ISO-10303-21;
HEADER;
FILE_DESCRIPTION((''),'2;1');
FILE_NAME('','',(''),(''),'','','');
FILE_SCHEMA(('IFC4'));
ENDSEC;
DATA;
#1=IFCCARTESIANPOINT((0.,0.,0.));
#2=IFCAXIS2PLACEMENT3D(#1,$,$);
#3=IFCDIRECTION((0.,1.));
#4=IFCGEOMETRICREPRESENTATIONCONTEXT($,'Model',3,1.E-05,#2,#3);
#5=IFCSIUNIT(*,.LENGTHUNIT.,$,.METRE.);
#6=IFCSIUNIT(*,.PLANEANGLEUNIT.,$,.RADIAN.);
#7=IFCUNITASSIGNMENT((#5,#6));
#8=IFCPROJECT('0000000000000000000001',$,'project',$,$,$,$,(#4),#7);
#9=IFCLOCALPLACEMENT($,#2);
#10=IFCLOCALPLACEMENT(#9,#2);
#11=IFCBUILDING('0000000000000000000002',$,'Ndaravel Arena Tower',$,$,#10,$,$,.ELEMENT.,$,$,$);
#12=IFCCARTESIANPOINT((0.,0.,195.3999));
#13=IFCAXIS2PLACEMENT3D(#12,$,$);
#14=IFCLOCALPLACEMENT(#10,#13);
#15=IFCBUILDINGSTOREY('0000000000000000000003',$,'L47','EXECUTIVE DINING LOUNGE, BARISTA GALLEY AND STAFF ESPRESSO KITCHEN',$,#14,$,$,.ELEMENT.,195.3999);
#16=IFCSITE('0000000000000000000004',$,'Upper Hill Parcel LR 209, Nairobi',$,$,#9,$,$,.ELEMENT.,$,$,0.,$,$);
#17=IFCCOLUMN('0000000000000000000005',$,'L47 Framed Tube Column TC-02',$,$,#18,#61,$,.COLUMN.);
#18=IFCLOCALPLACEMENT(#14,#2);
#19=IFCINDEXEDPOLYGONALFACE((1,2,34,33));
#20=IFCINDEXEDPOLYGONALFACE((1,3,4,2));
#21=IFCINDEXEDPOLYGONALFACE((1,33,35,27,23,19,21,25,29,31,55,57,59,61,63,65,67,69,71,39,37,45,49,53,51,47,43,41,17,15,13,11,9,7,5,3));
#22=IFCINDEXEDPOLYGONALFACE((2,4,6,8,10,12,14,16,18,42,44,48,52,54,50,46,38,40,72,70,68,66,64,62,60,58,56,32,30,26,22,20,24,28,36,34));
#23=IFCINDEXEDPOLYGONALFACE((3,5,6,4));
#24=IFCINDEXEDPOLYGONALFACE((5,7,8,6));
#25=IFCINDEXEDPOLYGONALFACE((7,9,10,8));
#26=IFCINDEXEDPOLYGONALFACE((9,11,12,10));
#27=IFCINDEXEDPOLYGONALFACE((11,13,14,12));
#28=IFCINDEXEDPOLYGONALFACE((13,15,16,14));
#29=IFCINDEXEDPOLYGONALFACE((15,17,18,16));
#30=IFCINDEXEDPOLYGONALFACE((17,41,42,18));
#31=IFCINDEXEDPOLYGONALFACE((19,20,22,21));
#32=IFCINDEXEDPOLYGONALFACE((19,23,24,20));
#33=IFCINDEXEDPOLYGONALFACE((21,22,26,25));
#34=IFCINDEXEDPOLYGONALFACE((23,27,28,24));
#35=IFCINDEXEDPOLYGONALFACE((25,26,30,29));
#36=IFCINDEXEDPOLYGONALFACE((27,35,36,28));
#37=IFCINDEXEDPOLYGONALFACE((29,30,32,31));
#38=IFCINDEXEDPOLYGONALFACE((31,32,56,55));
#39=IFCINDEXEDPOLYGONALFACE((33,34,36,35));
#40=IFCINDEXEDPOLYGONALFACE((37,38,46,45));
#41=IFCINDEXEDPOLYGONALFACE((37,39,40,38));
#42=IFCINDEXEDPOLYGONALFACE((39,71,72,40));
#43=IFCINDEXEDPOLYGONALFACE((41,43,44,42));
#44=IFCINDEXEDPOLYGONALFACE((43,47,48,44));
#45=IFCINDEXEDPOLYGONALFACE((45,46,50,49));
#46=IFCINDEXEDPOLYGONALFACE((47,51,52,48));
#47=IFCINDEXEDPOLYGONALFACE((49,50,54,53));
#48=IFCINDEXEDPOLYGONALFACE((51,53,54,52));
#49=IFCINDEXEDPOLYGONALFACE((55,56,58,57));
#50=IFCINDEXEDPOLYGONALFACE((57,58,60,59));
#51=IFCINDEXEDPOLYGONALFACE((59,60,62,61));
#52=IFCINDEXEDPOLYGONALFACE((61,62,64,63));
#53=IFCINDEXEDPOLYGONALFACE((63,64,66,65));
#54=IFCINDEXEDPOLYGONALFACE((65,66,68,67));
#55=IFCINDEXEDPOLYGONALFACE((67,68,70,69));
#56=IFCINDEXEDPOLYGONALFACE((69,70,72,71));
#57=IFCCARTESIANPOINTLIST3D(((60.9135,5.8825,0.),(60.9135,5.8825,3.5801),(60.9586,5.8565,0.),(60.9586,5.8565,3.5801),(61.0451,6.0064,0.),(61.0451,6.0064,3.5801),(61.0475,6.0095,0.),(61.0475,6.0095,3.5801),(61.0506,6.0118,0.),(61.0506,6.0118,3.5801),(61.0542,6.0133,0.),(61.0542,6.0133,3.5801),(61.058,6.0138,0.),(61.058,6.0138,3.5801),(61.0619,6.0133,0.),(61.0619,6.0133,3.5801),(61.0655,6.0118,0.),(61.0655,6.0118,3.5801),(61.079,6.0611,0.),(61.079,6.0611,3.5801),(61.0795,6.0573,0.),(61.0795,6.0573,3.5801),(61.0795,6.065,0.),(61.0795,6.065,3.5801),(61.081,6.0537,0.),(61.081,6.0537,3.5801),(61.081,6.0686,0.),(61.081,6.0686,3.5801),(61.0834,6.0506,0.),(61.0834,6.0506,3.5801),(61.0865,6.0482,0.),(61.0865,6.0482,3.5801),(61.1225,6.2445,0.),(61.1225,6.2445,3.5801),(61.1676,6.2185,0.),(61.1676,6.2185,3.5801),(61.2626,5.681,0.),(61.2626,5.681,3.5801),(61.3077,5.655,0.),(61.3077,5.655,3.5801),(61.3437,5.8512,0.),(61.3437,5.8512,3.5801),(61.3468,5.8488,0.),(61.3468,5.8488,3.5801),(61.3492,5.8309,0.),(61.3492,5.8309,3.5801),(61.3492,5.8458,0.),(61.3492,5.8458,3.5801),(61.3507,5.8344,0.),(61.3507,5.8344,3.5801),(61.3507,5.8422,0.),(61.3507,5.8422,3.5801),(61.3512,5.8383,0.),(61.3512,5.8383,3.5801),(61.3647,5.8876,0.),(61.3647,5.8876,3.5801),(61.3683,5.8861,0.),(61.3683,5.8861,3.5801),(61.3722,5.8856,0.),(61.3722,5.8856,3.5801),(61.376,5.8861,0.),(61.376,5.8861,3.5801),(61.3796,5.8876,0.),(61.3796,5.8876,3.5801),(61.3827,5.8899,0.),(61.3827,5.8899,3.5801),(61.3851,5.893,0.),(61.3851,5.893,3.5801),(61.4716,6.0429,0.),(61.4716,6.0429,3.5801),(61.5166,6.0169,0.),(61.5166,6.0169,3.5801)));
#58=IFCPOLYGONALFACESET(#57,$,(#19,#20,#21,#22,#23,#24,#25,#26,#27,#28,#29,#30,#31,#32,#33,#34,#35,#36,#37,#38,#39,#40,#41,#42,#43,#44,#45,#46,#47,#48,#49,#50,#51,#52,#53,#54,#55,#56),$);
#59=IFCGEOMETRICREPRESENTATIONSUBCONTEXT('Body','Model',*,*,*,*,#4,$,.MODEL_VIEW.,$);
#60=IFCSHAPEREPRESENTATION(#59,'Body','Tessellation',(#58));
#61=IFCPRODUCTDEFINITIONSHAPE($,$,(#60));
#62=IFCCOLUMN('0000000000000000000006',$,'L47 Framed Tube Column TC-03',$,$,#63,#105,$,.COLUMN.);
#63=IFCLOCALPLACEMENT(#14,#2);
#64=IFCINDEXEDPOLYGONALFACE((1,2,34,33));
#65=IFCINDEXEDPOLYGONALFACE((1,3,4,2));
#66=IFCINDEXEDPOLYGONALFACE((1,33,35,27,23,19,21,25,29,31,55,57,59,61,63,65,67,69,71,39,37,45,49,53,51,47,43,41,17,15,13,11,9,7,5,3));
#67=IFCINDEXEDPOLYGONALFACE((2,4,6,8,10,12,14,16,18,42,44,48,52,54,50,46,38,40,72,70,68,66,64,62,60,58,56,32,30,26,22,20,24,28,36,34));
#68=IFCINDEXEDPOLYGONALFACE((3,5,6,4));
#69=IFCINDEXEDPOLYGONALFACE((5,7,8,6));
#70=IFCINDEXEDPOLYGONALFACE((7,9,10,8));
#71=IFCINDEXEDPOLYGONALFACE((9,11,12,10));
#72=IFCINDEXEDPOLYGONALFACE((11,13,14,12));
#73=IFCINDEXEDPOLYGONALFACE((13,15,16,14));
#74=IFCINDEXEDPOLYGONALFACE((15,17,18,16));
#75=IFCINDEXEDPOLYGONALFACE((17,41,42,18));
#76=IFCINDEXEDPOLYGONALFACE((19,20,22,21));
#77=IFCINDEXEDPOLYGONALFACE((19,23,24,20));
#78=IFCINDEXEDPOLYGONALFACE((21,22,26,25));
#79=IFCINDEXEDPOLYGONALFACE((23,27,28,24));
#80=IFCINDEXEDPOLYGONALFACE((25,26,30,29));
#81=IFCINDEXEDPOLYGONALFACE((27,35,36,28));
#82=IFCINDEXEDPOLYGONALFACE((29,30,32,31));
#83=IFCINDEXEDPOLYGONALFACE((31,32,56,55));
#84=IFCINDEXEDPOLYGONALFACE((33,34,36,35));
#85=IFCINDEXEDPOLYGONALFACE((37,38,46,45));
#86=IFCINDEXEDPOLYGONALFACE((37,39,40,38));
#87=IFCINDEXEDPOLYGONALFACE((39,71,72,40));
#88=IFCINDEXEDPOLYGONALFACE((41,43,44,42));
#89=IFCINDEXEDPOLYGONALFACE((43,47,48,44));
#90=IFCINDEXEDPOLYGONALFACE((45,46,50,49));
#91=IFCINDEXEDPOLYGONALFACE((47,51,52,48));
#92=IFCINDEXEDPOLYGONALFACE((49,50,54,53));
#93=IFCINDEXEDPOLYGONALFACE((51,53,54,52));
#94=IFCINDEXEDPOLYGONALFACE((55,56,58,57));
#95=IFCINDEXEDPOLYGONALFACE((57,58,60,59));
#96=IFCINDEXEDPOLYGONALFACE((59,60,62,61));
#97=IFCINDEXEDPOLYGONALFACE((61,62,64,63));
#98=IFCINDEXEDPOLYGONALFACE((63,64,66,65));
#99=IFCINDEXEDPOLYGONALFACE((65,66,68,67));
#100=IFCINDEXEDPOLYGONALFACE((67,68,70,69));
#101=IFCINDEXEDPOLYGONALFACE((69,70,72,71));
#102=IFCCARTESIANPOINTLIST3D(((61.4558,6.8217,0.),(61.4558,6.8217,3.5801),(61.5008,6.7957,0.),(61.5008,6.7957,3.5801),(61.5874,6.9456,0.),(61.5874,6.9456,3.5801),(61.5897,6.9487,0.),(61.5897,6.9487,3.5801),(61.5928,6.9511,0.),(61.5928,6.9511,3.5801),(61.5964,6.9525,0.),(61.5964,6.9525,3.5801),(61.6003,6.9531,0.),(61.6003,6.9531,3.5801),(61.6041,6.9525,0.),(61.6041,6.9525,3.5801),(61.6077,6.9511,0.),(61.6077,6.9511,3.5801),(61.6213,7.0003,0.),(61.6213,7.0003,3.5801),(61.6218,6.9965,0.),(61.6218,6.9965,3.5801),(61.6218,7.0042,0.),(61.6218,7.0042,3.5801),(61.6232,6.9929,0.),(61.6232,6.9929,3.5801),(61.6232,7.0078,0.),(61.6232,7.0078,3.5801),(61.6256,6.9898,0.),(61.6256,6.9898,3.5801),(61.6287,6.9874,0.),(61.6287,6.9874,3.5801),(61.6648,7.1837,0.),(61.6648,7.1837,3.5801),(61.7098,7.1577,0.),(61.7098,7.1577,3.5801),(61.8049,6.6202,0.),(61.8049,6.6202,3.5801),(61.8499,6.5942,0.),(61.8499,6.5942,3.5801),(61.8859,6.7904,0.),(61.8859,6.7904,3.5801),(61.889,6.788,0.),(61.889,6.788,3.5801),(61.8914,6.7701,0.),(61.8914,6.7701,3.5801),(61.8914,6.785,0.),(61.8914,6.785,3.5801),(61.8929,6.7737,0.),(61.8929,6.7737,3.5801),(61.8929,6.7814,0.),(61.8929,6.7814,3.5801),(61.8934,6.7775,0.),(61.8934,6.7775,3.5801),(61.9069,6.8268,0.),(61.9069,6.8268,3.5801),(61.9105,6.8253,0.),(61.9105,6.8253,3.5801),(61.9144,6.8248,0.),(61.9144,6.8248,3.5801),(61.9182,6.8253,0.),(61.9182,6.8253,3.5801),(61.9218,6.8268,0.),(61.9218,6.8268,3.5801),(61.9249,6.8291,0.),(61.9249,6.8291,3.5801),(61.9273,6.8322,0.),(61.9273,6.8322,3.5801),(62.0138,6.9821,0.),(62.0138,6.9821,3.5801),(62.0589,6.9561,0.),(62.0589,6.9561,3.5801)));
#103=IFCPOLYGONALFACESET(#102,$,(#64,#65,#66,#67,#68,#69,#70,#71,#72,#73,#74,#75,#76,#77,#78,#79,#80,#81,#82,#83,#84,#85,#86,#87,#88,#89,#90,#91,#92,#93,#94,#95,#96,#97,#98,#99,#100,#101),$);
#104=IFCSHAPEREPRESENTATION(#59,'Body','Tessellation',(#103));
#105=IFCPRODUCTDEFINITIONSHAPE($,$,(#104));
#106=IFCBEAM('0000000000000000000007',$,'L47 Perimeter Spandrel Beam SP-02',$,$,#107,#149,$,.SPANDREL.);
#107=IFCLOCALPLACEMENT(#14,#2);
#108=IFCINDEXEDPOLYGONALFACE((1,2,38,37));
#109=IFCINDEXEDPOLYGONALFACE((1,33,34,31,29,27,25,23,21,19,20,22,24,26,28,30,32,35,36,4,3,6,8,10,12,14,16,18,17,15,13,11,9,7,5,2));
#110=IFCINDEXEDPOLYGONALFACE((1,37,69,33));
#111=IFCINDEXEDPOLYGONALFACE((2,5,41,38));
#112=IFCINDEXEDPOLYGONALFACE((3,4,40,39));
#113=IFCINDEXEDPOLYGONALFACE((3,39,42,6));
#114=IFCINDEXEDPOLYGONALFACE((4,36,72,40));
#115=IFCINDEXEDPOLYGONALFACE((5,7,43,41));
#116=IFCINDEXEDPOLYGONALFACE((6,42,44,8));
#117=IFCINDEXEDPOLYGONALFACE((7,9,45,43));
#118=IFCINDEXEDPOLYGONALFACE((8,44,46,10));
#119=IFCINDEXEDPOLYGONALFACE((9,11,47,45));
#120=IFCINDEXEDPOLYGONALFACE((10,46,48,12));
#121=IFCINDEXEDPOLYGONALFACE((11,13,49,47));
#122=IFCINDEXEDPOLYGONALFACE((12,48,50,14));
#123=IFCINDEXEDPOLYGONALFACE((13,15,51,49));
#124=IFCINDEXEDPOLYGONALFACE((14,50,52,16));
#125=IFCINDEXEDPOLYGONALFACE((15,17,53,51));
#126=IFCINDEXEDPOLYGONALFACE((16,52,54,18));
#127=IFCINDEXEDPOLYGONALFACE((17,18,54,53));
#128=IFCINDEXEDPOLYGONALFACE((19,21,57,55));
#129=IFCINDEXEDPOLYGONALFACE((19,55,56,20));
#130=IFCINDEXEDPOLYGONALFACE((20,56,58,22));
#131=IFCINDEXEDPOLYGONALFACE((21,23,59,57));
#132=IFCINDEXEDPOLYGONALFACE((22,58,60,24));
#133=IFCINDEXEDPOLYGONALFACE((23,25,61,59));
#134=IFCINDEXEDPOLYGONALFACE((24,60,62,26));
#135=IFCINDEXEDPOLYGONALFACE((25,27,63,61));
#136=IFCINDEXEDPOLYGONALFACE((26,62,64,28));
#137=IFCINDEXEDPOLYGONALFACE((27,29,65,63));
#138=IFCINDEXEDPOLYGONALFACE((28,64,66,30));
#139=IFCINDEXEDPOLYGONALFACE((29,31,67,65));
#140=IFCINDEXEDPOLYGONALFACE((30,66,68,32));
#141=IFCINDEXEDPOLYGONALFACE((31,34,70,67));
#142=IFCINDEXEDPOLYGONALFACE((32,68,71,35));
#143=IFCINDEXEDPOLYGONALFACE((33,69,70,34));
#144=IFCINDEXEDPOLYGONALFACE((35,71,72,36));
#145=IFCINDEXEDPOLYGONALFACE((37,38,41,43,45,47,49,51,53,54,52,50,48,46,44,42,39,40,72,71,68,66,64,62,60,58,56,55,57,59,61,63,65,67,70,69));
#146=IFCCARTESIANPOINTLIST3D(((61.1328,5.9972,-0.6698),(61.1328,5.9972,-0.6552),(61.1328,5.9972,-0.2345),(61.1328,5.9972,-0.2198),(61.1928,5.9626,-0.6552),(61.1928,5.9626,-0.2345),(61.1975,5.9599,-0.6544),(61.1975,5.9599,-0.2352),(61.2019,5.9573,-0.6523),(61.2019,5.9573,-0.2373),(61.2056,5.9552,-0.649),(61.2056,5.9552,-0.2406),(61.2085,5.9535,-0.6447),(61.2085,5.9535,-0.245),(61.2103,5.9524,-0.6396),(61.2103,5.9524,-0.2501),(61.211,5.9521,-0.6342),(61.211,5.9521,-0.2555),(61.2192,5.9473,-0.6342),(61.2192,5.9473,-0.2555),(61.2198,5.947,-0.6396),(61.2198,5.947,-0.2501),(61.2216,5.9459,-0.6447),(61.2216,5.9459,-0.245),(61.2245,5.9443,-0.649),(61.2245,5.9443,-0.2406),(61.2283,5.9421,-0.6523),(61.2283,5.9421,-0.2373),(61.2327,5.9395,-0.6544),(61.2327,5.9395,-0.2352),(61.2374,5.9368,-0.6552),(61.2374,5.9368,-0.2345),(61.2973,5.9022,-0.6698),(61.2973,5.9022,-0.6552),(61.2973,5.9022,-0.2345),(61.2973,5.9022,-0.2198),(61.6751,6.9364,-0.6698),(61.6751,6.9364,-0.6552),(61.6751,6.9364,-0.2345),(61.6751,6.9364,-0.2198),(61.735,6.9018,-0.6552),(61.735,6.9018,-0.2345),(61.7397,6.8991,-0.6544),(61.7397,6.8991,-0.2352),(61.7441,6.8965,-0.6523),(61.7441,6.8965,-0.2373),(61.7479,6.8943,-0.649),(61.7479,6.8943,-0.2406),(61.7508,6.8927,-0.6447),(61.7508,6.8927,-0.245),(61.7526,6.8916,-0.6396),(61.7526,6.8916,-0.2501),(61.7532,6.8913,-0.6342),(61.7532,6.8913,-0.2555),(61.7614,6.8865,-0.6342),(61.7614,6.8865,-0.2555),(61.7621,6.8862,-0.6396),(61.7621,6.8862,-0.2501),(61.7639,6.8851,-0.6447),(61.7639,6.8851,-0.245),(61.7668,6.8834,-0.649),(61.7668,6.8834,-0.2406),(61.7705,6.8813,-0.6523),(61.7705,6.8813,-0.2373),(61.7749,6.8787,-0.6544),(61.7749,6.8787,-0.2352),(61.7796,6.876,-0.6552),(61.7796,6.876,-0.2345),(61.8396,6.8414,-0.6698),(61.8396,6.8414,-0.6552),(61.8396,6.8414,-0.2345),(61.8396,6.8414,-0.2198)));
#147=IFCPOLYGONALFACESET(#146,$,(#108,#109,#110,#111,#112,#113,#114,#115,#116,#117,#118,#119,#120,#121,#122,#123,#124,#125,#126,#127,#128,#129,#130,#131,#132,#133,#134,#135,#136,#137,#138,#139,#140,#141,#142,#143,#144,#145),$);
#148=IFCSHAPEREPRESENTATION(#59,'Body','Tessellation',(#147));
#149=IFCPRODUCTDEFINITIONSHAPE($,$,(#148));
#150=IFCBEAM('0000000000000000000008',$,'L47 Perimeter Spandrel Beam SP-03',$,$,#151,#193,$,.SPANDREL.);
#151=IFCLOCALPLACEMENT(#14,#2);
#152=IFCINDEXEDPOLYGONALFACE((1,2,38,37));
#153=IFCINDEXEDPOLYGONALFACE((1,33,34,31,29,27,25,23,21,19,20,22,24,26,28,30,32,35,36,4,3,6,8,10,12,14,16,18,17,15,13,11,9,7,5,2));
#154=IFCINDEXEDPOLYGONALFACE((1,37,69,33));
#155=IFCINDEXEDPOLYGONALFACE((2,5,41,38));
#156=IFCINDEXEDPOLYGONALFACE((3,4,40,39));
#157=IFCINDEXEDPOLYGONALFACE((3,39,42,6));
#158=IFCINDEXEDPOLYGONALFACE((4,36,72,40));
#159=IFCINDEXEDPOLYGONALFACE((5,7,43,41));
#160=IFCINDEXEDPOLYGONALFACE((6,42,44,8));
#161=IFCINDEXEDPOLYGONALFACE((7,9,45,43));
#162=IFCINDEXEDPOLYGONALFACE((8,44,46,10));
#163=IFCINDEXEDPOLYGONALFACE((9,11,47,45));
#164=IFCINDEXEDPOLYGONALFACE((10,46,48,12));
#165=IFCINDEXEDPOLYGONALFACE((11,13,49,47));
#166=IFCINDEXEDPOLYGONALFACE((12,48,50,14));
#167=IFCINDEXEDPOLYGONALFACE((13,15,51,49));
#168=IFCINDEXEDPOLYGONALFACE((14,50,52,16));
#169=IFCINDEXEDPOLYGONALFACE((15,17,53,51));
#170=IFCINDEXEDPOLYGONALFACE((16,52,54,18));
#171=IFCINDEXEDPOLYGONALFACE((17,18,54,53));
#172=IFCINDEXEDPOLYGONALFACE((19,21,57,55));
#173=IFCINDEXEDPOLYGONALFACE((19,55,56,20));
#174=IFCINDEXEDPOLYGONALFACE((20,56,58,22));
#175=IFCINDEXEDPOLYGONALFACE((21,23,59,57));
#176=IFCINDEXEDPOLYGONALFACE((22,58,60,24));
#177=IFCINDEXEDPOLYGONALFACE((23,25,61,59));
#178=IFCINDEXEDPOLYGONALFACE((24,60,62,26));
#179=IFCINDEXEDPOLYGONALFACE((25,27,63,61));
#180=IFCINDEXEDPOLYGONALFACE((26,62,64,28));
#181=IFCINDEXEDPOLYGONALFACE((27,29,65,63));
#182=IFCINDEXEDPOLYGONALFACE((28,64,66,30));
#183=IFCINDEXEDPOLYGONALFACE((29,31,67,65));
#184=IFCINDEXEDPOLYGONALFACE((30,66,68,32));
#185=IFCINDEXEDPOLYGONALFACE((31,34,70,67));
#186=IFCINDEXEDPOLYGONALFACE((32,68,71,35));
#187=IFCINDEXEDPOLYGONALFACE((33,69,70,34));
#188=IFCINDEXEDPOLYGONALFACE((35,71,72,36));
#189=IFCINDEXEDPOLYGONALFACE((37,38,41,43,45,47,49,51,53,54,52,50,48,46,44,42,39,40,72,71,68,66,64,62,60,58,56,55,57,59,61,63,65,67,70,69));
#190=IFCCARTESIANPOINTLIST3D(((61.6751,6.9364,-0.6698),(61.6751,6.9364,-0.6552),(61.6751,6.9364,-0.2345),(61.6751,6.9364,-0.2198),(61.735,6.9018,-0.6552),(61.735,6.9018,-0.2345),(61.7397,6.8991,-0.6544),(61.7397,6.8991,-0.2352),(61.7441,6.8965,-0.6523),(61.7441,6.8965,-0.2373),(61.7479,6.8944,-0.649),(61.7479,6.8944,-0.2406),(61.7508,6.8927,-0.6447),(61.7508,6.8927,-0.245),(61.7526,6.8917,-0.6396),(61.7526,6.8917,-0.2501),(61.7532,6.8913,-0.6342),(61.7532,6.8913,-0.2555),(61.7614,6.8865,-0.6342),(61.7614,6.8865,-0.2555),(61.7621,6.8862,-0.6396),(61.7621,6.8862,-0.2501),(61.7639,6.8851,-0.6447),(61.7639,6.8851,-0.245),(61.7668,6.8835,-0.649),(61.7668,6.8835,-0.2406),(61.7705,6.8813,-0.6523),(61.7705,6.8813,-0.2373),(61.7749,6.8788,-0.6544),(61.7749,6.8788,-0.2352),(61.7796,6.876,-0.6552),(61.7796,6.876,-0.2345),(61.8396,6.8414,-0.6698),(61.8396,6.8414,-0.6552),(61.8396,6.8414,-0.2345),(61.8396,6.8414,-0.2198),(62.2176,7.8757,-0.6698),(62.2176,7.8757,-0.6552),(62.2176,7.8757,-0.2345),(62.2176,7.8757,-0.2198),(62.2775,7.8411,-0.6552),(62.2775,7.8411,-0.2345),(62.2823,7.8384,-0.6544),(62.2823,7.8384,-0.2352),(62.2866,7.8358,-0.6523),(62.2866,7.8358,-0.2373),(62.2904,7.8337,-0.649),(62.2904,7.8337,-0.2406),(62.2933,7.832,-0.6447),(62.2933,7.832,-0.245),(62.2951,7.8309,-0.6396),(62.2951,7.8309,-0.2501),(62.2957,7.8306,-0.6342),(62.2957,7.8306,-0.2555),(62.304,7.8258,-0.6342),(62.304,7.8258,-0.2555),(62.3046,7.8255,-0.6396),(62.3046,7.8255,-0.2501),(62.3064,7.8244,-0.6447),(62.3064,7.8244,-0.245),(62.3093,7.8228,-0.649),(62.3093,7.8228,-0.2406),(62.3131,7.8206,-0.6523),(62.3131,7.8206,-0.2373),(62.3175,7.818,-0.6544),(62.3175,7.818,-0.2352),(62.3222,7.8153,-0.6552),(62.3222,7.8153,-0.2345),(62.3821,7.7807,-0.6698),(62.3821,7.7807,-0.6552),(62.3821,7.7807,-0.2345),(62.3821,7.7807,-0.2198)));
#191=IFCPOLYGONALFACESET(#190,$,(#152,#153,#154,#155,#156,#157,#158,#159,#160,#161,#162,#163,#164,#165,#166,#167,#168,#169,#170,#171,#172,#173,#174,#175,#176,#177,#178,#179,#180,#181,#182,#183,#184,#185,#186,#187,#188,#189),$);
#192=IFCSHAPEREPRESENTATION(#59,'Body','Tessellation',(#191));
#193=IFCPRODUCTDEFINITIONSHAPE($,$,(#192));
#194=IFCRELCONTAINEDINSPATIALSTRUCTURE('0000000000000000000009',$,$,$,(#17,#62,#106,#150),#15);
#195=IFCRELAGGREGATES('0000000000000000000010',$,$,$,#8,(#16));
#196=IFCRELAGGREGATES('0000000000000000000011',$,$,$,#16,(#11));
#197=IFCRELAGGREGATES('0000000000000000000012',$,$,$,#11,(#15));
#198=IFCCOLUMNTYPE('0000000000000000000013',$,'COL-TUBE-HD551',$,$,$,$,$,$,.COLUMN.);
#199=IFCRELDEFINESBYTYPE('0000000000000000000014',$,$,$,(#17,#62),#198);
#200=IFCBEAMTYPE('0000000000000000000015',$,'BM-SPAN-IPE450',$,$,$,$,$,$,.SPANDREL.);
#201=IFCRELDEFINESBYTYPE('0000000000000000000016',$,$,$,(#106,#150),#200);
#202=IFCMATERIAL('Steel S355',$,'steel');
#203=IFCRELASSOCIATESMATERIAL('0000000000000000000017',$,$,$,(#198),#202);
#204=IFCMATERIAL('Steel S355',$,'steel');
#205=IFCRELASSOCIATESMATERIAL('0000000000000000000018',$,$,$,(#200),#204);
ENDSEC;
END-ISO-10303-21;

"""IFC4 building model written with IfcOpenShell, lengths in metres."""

from ifc_helpers import new_model, si_unit, direction, frame, origin, origin_2d, place, context, subcontext, project, spatial, i_section, extrude, material, material_profile, profile_set, type_object, element, save


model = new_model("IFC4")

# Units and contexts
model_context = context("Model", 3, precision=1e-05, world=origin(), true_north=direction((0.0, 1.0)))
body_context = subcontext(model_context, "Body", "Model", "MODEL_VIEW")
ifc_project = project(units=[si_unit("LENGTHUNIT", "METRE"), si_unit("PLANEANGLEUNIT", "RADIAN")], contexts=[model_context])

# Site, building, storey
site_placement = place(None, origin())
site = spatial("IfcSite", under=ifc_project, at=site_placement, Name="Upper Hill Parcel LR 209, Nairobi", CompositionType="ELEMENT", RefElevation=0.0)
building_placement = place(site_placement, origin())
building = spatial("IfcBuilding", under=site, at=building_placement, Name="Ndaravel Arena Tower", CompositionType="ELEMENT")
storey_placement = place(building_placement, frame((0.0, 0.0, 195.3999)))
storey = spatial("IfcBuildingStorey", under=building, at=storey_placement, Name="L47", Description="EXECUTIVE DINING LOUNGE, BARISTA GALLEY AND STAFF ESPRESSO KITCHEN", CompositionType="ELEMENT", Elevation=195.3999)

# Columns
ifc_material_1 = material(Name="Steel S355", Category="steel")
ifc_material_profile_1 = material_profile(ifc_material_1, i_section(OverallWidth=0.418, OverallDepth=0.4551, WebThickness=0.042, FlangeThickness=0.052, FilletRadius=0.0149, at=origin_2d()), Name="HD 400x551")
ifc_profile_set_1 = profile_set([ifc_material_profile_1], Name="Steel S355")
column_type = type_object("IfcColumnType", Name="COL-TUBE-HD551", PredefinedType="COLUMN", material=ifc_profile_set_1)
for number, where, z_axis, x_axis, name in (
    (1, (61.2151, 5.9497, 0.0), (0.0, 0.0, 1.0), (0.5, 0.866025, 0.0), "L47 Framed Tube Column TC-02"),
    (2, (61.7573, 6.8889, 0.0), (0.0, 0.0, 1.0), (0.5, 0.866025, 0.0), "L47 Framed Tube Column TC-03"),
):
    element("IfcColumn", number, at=place(storey_placement, frame(where, z_axis=z_axis, x_axis=x_axis)), inside=storey, type_object=column_type, Name=name, PredefinedType="COLUMN", context=body_context, shape_type="SweptSolid", body=[
        extrude(i_section(OverallWidth=0.418, OverallDepth=0.4551, WebThickness=0.042, FlangeThickness=0.052, FilletRadius=0.0149, at=origin_2d()), origin(), (0.0, 0.0, 1.0), 3.5801),
    ])

# Beams
ifc_material_2 = material(Name="Steel S355", Category="steel")
ifc_material_profile_2 = material_profile(ifc_material_2, i_section(OverallWidth=0.1899, OverallDepth=0.45, WebThickness=0.0095, FlangeThickness=0.0146, FilletRadius=0.021, at=origin_2d()), Name="IPE 450")
ifc_profile_set_2 = profile_set([ifc_material_profile_2], Name="Steel S355")
beam_type = type_object("IfcBeamType", Name="BM-SPAN-IPE450", PredefinedType="SPANDREL", material=ifc_profile_set_2)
beam_1_placement = place(storey_placement, frame((61.2151, 5.9497, -0.4448), z_axis=(0.499989, 0.866032, 0.0), x_axis=(-0.866032, 0.499989, 0.0)))
element("IfcBeam", 3, at=beam_1_placement, inside=storey, type_object=beam_type, Name="L47 Perimeter Spandrel Beam SP-02", PredefinedType="SPANDREL", context=body_context, shape_type="SweptSolid", body=[
    extrude(i_section(OverallWidth=0.1899, OverallDepth=0.45, WebThickness=0.0095, FlangeThickness=0.0146, FilletRadius=0.021, at=origin_2d()), origin(), (0.0, 0.0, 1.0), 1.0845),
])
beam_2_placement = place(storey_placement, frame((61.7573, 6.8889, -0.4448), z_axis=(0.500158, 0.865934, 0.0), x_axis=(-0.865934, 0.500158, 0.0)))
element("IfcBeam", 4, at=beam_2_placement, inside=storey, type_object=beam_type, Name="L47 Perimeter Spandrel Beam SP-03", PredefinedType="SPANDREL", context=body_context, shape_type="SweptSolid", body=[
    extrude(i_section(OverallWidth=0.1899, OverallDepth=0.45, WebThickness=0.0095, FlangeThickness=0.0146, FilletRadius=0.021, at=origin_2d()), origin(), (0.0, 0.0, 1.0), 1.0847),
])

save(model, "model.ifc")
